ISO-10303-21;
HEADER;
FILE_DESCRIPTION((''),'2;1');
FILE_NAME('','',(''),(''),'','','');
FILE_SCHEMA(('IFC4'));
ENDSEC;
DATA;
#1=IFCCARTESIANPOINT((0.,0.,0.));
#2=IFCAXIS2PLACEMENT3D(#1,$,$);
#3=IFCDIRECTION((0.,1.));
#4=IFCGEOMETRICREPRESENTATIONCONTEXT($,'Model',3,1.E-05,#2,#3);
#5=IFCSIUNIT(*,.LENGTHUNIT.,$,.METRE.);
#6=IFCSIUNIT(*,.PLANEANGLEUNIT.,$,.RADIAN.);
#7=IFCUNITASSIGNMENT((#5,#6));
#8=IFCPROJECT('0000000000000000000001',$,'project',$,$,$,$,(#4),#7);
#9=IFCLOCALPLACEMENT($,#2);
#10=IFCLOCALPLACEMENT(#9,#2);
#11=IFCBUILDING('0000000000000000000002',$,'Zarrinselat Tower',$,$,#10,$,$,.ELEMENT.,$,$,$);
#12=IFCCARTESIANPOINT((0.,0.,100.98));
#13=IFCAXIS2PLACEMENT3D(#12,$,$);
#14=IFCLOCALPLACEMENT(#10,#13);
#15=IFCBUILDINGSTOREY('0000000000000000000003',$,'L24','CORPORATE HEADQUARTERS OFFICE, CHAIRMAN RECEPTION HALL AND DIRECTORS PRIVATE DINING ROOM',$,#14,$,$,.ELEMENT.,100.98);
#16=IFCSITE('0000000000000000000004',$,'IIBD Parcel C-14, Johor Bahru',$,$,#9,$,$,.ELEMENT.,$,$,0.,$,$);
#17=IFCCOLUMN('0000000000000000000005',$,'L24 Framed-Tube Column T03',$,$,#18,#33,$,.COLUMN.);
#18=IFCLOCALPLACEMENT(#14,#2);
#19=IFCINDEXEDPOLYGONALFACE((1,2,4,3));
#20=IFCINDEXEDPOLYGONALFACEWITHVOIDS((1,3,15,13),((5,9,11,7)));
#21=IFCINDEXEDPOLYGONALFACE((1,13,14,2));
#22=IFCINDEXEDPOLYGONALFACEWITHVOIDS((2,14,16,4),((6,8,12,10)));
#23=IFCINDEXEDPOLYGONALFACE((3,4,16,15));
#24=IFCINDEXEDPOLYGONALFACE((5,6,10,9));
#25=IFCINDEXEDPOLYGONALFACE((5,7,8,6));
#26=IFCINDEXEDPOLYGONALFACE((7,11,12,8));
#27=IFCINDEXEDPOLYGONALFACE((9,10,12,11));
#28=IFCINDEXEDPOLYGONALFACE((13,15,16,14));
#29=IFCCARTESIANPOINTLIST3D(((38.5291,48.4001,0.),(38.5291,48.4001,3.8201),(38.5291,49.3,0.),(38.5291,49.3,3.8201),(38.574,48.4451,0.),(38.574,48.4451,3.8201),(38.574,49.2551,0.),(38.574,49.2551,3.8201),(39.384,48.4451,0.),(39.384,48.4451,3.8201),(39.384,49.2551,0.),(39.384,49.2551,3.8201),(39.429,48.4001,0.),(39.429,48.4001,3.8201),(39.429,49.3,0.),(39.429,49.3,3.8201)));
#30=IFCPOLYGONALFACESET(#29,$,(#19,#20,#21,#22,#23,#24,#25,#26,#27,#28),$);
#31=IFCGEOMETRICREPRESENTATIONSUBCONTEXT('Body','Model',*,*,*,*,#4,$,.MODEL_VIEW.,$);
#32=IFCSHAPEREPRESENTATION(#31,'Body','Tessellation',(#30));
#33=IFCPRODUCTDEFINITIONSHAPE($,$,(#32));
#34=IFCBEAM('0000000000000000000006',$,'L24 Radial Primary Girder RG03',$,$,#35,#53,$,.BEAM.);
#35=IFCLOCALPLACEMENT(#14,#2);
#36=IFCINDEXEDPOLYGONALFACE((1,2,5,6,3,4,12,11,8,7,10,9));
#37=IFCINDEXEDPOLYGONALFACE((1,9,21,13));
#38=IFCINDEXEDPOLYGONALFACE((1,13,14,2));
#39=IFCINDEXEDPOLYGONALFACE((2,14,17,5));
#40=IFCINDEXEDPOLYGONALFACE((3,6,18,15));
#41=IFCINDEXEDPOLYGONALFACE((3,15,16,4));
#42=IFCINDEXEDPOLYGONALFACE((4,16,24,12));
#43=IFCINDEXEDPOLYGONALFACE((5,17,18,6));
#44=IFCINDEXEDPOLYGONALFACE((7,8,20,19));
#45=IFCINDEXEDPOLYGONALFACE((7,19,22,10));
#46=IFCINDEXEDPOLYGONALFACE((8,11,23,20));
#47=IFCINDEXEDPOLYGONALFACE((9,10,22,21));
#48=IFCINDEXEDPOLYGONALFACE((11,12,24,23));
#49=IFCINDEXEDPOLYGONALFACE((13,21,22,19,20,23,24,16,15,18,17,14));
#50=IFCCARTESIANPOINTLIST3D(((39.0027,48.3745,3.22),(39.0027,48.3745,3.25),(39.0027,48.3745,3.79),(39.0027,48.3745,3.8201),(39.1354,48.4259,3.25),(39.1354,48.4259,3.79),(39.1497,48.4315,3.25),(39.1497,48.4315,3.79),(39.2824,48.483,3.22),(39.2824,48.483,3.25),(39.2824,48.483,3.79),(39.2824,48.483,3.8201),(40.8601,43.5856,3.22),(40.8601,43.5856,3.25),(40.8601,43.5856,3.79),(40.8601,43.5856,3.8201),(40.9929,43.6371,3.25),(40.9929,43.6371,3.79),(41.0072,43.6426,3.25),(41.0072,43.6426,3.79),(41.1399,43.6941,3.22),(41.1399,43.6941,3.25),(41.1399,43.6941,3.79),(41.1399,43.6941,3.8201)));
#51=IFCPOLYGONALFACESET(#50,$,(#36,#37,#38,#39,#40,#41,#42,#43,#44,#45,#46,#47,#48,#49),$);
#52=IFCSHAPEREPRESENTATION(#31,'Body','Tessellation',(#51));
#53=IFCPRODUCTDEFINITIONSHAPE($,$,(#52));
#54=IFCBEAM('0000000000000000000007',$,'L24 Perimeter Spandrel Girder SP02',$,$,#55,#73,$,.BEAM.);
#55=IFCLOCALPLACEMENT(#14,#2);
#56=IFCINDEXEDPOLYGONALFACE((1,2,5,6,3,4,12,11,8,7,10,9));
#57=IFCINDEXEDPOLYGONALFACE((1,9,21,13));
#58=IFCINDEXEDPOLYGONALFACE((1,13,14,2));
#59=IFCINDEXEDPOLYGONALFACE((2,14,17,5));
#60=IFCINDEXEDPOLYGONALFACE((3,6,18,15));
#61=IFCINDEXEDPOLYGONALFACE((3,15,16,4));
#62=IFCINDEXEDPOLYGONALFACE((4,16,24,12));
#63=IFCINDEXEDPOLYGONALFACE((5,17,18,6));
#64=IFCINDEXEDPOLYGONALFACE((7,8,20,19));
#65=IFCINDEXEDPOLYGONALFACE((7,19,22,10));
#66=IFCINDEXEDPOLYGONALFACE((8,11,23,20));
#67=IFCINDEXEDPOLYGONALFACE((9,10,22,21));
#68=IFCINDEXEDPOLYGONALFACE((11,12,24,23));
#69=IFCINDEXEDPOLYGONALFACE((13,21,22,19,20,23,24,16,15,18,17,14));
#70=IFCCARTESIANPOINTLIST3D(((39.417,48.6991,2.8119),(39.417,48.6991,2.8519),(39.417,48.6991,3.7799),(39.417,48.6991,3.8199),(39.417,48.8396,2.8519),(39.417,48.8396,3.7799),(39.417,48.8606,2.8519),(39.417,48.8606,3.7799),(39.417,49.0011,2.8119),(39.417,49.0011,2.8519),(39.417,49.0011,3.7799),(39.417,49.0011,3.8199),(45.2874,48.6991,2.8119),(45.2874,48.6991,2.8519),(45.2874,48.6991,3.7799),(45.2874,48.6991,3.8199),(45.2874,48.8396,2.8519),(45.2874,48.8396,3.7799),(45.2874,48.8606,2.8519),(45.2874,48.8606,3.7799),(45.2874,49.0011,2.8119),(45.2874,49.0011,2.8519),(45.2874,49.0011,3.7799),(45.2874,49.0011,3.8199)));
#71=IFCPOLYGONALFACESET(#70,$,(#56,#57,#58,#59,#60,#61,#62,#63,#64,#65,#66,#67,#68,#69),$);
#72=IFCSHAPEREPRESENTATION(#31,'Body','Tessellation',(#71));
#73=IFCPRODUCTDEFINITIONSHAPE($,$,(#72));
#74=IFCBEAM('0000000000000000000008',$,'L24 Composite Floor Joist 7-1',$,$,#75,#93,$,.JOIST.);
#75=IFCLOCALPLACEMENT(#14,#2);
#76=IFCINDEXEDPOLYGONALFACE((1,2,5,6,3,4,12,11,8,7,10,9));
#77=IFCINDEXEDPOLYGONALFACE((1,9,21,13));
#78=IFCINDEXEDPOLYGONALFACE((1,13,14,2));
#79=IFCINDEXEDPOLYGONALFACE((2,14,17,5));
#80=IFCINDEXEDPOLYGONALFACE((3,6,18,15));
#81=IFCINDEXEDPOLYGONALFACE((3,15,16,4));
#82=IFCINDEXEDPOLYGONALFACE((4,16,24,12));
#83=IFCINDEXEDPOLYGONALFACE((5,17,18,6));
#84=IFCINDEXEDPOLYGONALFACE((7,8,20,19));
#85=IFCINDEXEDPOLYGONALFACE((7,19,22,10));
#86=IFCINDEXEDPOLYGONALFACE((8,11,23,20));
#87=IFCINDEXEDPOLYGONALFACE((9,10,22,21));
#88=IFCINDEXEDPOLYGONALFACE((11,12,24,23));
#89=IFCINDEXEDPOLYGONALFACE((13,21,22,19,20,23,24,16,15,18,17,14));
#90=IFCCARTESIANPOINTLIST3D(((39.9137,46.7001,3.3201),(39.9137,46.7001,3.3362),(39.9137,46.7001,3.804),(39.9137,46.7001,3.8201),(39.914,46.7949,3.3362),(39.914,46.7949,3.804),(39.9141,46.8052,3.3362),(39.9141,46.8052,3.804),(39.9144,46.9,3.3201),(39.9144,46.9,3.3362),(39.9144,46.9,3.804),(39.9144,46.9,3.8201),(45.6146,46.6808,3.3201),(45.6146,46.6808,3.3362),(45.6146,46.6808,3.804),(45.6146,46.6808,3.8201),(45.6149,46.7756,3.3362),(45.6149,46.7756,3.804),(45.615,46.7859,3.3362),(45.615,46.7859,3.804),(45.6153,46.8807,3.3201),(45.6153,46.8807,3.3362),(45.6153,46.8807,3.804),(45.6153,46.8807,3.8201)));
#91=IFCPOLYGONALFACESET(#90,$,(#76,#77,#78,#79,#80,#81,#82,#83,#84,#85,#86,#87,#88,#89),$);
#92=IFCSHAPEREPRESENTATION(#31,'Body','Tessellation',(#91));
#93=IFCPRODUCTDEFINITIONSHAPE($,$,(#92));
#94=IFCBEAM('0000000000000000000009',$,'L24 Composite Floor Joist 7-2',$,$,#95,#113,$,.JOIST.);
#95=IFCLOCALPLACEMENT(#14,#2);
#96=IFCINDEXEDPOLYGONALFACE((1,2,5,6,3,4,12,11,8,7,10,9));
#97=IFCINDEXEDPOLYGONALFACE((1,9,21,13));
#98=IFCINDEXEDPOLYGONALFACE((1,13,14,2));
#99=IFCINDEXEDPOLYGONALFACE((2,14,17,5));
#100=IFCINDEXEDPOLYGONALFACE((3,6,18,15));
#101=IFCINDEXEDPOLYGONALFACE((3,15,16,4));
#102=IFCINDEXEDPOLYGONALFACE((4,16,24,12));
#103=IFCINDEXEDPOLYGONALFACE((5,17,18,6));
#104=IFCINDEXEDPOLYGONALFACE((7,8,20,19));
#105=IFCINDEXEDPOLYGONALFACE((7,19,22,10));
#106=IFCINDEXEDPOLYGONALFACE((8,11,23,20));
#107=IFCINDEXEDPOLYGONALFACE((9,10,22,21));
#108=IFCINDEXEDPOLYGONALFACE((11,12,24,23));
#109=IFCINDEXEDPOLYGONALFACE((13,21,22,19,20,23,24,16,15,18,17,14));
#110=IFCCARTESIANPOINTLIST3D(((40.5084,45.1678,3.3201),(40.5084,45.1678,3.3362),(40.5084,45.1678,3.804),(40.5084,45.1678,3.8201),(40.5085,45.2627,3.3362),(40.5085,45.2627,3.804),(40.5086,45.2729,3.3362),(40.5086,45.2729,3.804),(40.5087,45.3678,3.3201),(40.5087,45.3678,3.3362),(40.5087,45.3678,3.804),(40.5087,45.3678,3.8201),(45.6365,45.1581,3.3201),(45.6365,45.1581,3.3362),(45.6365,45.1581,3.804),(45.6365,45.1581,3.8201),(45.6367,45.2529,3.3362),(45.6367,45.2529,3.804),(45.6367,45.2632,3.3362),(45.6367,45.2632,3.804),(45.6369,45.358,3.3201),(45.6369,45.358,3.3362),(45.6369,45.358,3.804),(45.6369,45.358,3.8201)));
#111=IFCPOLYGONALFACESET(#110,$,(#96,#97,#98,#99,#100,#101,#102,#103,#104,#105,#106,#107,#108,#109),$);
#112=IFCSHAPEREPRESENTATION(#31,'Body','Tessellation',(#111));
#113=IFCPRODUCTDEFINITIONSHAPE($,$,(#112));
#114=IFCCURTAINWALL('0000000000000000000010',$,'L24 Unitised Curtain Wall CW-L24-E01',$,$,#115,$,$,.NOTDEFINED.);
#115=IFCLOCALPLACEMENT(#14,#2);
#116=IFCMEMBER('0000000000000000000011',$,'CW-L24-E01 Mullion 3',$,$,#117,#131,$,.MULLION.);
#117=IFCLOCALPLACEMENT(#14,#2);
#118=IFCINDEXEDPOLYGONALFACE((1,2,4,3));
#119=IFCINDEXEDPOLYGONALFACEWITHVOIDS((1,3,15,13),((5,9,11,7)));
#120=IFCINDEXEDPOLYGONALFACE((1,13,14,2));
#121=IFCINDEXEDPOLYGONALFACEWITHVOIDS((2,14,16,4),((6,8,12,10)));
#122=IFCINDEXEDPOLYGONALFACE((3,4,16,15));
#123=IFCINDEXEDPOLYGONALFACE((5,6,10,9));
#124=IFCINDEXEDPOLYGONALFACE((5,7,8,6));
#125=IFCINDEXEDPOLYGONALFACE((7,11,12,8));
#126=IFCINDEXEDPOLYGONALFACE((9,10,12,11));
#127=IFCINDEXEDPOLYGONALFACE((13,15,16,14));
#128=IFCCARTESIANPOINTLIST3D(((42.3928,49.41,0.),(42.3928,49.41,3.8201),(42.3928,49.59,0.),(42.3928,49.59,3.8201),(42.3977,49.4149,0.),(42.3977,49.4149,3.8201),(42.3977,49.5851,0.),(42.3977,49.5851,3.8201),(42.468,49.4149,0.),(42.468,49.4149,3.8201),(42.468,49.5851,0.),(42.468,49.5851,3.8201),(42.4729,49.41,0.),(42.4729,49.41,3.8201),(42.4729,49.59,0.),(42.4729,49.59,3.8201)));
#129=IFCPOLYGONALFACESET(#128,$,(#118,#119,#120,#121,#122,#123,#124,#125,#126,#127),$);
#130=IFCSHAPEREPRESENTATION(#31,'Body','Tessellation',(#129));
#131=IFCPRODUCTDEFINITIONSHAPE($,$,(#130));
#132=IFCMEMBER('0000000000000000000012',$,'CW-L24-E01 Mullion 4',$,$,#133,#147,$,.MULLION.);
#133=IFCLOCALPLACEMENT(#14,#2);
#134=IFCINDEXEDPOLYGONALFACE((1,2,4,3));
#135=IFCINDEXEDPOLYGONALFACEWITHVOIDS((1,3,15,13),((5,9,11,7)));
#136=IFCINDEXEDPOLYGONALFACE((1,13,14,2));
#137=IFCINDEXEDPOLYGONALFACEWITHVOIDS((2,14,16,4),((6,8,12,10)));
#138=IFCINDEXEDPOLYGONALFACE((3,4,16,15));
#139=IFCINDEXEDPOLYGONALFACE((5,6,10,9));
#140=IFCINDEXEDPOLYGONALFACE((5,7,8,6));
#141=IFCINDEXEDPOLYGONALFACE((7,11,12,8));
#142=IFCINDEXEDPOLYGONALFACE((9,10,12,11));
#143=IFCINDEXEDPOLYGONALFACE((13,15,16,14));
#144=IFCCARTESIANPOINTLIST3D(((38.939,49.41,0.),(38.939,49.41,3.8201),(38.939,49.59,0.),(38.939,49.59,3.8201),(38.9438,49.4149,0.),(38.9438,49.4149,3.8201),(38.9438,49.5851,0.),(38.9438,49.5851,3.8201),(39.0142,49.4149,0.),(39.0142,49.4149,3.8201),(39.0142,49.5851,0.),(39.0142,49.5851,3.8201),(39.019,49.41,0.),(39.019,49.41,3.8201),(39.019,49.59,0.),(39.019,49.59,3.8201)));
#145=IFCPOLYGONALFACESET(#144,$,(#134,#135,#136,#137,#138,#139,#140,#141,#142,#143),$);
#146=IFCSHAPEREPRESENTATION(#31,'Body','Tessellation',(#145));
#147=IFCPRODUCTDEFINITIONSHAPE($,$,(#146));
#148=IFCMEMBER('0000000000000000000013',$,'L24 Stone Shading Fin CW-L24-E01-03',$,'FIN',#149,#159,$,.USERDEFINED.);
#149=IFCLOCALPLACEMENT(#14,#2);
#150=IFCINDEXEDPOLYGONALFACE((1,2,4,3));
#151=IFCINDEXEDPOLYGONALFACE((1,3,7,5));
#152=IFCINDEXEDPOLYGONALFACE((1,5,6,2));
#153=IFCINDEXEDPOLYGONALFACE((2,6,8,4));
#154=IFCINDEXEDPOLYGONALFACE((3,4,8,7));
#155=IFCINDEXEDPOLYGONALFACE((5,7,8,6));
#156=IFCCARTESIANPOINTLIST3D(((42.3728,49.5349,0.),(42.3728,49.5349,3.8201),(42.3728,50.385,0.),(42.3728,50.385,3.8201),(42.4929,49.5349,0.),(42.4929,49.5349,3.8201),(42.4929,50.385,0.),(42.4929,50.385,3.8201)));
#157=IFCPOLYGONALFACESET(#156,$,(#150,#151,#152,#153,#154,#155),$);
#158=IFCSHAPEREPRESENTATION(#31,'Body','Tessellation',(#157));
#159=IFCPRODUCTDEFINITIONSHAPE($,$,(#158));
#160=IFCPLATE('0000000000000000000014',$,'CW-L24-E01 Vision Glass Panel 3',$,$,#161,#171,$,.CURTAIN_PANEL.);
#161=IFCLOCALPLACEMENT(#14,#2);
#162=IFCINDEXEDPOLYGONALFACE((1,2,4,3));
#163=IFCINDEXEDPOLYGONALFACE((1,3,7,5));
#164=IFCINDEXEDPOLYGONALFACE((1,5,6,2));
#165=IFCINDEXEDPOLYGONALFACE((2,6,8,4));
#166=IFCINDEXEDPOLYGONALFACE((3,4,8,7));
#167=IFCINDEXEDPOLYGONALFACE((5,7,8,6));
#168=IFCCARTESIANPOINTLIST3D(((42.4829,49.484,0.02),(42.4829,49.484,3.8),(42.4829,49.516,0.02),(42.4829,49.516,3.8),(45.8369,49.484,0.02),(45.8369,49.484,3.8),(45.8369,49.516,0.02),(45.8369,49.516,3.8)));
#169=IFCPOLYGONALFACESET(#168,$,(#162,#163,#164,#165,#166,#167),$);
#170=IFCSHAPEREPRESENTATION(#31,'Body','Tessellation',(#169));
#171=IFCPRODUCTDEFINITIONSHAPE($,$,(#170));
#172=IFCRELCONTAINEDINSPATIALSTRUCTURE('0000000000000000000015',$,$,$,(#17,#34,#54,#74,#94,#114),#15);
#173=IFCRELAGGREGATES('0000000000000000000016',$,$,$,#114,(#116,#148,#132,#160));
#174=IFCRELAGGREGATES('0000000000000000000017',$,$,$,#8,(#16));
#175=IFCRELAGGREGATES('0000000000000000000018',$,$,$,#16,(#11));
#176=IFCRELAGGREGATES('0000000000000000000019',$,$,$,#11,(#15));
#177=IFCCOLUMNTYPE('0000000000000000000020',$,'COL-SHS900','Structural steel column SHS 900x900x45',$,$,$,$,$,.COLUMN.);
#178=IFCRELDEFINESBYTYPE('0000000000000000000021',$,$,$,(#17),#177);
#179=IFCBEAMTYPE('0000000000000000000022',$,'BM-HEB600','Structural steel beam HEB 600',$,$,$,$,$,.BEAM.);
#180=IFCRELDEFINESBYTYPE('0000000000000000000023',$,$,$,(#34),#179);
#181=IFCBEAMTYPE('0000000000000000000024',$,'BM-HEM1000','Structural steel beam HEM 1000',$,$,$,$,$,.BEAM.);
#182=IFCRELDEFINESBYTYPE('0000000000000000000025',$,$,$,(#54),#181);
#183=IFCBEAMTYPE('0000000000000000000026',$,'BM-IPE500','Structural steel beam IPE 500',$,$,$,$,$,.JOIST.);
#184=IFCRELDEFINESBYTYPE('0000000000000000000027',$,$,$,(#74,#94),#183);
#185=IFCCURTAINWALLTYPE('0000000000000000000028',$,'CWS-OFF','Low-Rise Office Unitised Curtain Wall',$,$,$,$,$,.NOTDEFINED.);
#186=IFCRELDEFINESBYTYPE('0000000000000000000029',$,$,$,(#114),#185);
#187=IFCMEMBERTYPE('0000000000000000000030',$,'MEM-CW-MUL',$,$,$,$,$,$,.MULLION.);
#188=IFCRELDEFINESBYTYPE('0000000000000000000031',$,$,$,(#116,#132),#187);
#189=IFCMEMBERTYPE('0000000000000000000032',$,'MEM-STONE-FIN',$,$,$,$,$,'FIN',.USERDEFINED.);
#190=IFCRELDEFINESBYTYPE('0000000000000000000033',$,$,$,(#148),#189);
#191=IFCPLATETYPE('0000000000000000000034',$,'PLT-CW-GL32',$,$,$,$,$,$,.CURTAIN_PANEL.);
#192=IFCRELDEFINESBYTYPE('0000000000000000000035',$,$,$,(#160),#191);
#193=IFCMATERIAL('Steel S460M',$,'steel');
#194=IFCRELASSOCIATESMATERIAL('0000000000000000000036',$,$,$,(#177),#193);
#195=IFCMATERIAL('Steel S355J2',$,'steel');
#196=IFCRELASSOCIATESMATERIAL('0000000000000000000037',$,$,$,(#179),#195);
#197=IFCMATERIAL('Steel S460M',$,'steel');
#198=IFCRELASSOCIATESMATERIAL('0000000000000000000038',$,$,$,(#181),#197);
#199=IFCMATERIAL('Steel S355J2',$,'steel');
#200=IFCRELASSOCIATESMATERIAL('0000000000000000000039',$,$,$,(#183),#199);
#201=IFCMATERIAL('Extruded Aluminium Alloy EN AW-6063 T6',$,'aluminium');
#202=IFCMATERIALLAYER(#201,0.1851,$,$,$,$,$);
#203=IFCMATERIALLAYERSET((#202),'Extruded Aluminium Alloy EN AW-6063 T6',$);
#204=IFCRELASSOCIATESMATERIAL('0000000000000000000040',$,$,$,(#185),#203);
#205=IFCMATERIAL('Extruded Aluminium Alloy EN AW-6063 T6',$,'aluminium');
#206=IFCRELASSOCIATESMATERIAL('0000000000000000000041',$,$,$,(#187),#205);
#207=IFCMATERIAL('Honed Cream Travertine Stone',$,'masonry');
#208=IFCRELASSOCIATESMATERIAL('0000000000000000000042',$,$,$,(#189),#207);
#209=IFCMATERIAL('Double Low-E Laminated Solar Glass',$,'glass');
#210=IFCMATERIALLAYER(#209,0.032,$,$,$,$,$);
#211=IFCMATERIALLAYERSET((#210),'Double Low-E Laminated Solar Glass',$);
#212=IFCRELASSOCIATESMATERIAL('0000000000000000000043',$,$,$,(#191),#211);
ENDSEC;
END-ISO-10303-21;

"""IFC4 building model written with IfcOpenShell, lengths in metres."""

from ifc_helpers import new_model, si_unit, direction, frame, origin, origin_2d, place, context, subcontext, project, spatial, rectangle, hollow_rectangle, i_section, extrude, material, layer, layer_set, material_profile, profile_set, type_object, element, aggregate, save


model = new_model("IFC4")

# Units and contexts
model_context = context("Model", 3, precision=1e-05, world=origin(), true_north=direction((0.0, 1.0)))
body_context = subcontext(model_context, "Body", "Model", "MODEL_VIEW")
ifc_project = project(units=[si_unit("LENGTHUNIT", "METRE"), si_unit("PLANEANGLEUNIT", "RADIAN")], contexts=[model_context])

# Site, building, storey
site_placement = place(None, origin())
site = spatial("IfcSite", under=ifc_project, at=site_placement, Name="IIBD Parcel C-14, Johor Bahru", CompositionType="ELEMENT", RefElevation=0.0)
building_placement = place(site_placement, origin())
building = spatial("IfcBuilding", under=site, at=building_placement, Name="Zarrinselat Tower", CompositionType="ELEMENT")
storey_placement = place(building_placement, frame((0.0, 0.0, 100.98)))
storey = spatial("IfcBuildingStorey", under=building, at=storey_placement, Name="L24", Description="CORPORATE HEADQUARTERS OFFICE, CHAIRMAN RECEPTION HALL AND DIRECTORS PRIVATE DINING ROOM", CompositionType="ELEMENT", Elevation=100.98)

# Column
ifc_material_1 = material(Name="Steel S460M", Category="steel")
ifc_material_profile_1 = material_profile(ifc_material_1, hollow_rectangle(XDim=0.8999, YDim=0.8999, WallThickness=0.0449, at=origin_2d()), Name="SHS 900x900x45")
ifc_profile_set_1 = profile_set([ifc_material_profile_1], Name="Steel S460M")
column_type = type_object("IfcColumnType", Name="COL-SHS900", Description="Structural steel column SHS 900x900x45", PredefinedType="COLUMN", material=ifc_profile_set_1)
column_placement = place(storey_placement, frame((38.979, 48.8501, 0.0), z_axis=(0.0, 0.0, 1.0), x_axis=(1.0, 0.0, 0.0)))
element("IfcColumn", 1, at=column_placement, inside=storey, type_object=column_type, Name="L24 Framed-Tube Column T03", PredefinedType="COLUMN", context=body_context, shape_type="SweptSolid", body=[
    extrude(hollow_rectangle(XDim=0.8999, YDim=0.8999, WallThickness=0.0449, at=origin_2d()), origin(), (0.0, 0.0, 1.0), 3.8201),
])

# Beams
ifc_material_2 = material(Name="Steel S355J2", Category="steel")
ifc_material_profile_2 = material_profile(ifc_material_2, i_section(OverallWidth=0.3, OverallDepth=0.6001, WebThickness=0.0154, FlangeThickness=0.03, at=origin_2d()), Name="HEB 600")
ifc_profile_set_2 = profile_set([ifc_material_profile_2], Name="Steel S355J2")
beam_type_1 = type_object("IfcBeamType", Name="BM-HEB600", Description="Structural steel beam HEB 600", PredefinedType="BEAM", material=ifc_profile_set_2)
beam_1_placement = place(storey_placement, frame((39.1426, 48.4287, 3.52), z_axis=(0.361618, -0.932326, 0.0), x_axis=(0.932326, 0.361618, 0.0)))
element("IfcBeam", 2, at=beam_1_placement, inside=storey, type_object=beam_type_1, Name="L24 Radial Primary Girder RG03", PredefinedType="BEAM", context=body_context, shape_type="SweptSolid", body=[
    extrude(i_section(OverallWidth=0.3, OverallDepth=0.6001, WebThickness=0.0154, FlangeThickness=0.03, at=origin_2d()), origin(), (0.0, 0.0, 1.0), 5.1365),
])
ifc_material_3 = material(Name="Steel S460M", Category="steel")
ifc_material_profile_3 = material_profile(ifc_material_3, i_section(OverallWidth=0.302, OverallDepth=1.0081, WebThickness=0.021, FlangeThickness=0.04, at=origin_2d()), Name="HEM 1000")
ifc_profile_set_3 = profile_set([ifc_material_profile_3], Name="Steel S460M")
beam_type_2 = type_object("IfcBeamType", Name="BM-HEM1000", Description="Structural steel beam HEM 1000", PredefinedType="BEAM", material=ifc_profile_set_3)
beam_2_placement = place(storey_placement, frame((39.417, 48.8501, 3.3159), z_axis=(1.0, 0.0, 0.0), x_axis=(0.0, 1.0, 0.0)))
element("IfcBeam", 3, at=beam_2_placement, inside=storey, type_object=beam_type_2, Name="L24 Perimeter Spandrel Girder SP02", PredefinedType="BEAM", context=body_context, shape_type="SweptSolid", body=[
    extrude(i_section(OverallWidth=0.302, OverallDepth=1.0081, WebThickness=0.021, FlangeThickness=0.04, at=origin_2d()), origin(), (0.0, 0.0, 1.0), 5.8704),
])
ifc_material_4 = material(Name="Steel S355J2", Category="steel")
ifc_material_profile_4 = material_profile(ifc_material_4, i_section(OverallWidth=0.2, OverallDepth=0.5, WebThickness=0.0103, FlangeThickness=0.0161, at=origin_2d()), Name="IPE 500")
ifc_profile_set_4 = profile_set([ifc_material_profile_4], Name="Steel S355J2")
beam_type_3 = type_object("IfcBeamType", Name="BM-IPE500", Description="Structural steel beam IPE 500", PredefinedType="JOIST", material=ifc_profile_set_4)
beam_3_placement = place(storey_placement, frame((39.9141, 46.8, 3.5701), z_axis=(0.999994, -0.003383, 0.0), x_axis=(0.003383, 0.999994, 0.0)))
element("IfcBeam", 4, at=beam_3_placement, inside=storey, type_object=beam_type_3, Name="L24 Composite Floor Joist 7-1", PredefinedType="JOIST", context=body_context, shape_type="SweptSolid", body=[
    extrude(i_section(OverallWidth=0.2, OverallDepth=0.5, WebThickness=0.0103, FlangeThickness=0.0161, at=origin_2d()), origin(), (0.0, 0.0, 1.0), 5.7009),
])
beam_4_placement = place(storey_placement, frame((40.5085, 45.2678, 3.5701), z_axis=(0.999998, -0.001904, 0.0), x_axis=(0.001904, 0.999998, 0.0)))
element("IfcBeam", 5, at=beam_4_placement, inside=storey, type_object=beam_type_3, Name="L24 Composite Floor Joist 7-2", PredefinedType="JOIST", context=body_context, shape_type="SweptSolid", body=[
    extrude(i_section(OverallWidth=0.2, OverallDepth=0.5, WebThickness=0.0103, FlangeThickness=0.0161, at=origin_2d()), origin(), (0.0, 0.0, 1.0), 5.1282),
])

# Curtain wall, members, plate
ifc_material_5 = material(Name="Extruded Aluminium Alloy EN AW-6063 T6", Category="aluminium")
ifc_layer_1 = layer(ifc_material_5, 0.1851)
ifc_layer_set_1 = layer_set([ifc_layer_1], Name="Extruded Aluminium Alloy EN AW-6063 T6")
curtain_wall_type = type_object("IfcCurtainWallType", Name="CWS-OFF", Description="Low-Rise Office Unitised Curtain Wall", PredefinedType="NOTDEFINED", material=ifc_layer_set_1)
curtain_wall_placement = place(storey_placement, origin())
curtain_wall = element("IfcCurtainWall", 6, at=curtain_wall_placement, inside=storey, type_object=curtain_wall_type, Name="L24 Unitised Curtain Wall CW-L24-E01", PredefinedType="NOTDEFINED")
ifc_material_6 = material(Name="Extruded Aluminium Alloy EN AW-6063 T6", Category="aluminium")
ifc_material_profile_5 = material_profile(ifc_material_6, hollow_rectangle(XDim=0.0801, YDim=0.1799, WallThickness=0.0049, at=origin_2d()), Name="RHS 180x80x5")
ifc_profile_set_5 = profile_set([ifc_material_profile_5], Name="Extruded Aluminium Alloy EN AW-6063 T6")
member_type_1 = type_object("IfcMemberType", Name="MEM-CW-MUL", PredefinedType="MULLION", material=ifc_profile_set_5)
member_1_placement = place(storey_placement, frame((42.4329, 49.5, 0.0), z_axis=(0.0, 0.0, 1.0), x_axis=(-1.0, 0.0, 0.0)))
member_1 = element("IfcMember", 7, at=member_1_placement, type_object=member_type_1, Name="CW-L24-E01 Mullion 3", PredefinedType="MULLION", context=body_context, shape_type="SweptSolid", body=[
    extrude(hollow_rectangle(XDim=0.0801, YDim=0.1799, WallThickness=0.0049, at=origin_2d()), origin(), (0.0, 0.0, 1.0), 3.8201),
])
member_2_placement = place(storey_placement, frame((38.979, 49.5, 0.0), z_axis=(0.0, 0.0, 1.0), x_axis=(-1.0, 0.0, 0.0)))
member_2 = element("IfcMember", 8, at=member_2_placement, type_object=member_type_1, Name="CW-L24-E01 Mullion 4", PredefinedType="MULLION", context=body_context, shape_type="SweptSolid", body=[
    extrude(hollow_rectangle(XDim=0.0801, YDim=0.1799, WallThickness=0.0049, at=origin_2d()), origin(), (0.0, 0.0, 1.0), 3.8201),
])
ifc_material_7 = material(Name="Honed Cream Travertine Stone", Category="masonry")
ifc_material_profile_6 = material_profile(ifc_material_7, rectangle(XDim=0.1201, YDim=0.8501, at=origin_2d()), Name="FIN 850x120")
ifc_profile_set_6 = profile_set([ifc_material_profile_6], Name="Honed Cream Travertine Stone")
member_type_2 = type_object("IfcMemberType", Name="MEM-STONE-FIN", ElementType="FIN", PredefinedType="USERDEFINED", material=ifc_profile_set_6)
member_3_placement = place(storey_placement, frame((42.4329, 49.96, 0.0), z_axis=(0.0, 0.0, 1.0), x_axis=(1.0, 0.0, 0.0)))
member_3 = element("IfcMember", 9, at=member_3_placement, type_object=member_type_2, Name="L24 Stone Shading Fin CW-L24-E01-03", ObjectType="FIN", PredefinedType="USERDEFINED", context=body_context, shape_type="SweptSolid", body=[
    extrude(rectangle(XDim=0.1201, YDim=0.8501, at=origin_2d()), origin(), (0.0, 0.0, 1.0), 3.8201),
])
ifc_material_8 = material(Name="Double Low-E Laminated Solar Glass", Category="glass")
ifc_layer_2 = layer(ifc_material_8, 0.032)
ifc_layer_set_2 = layer_set([ifc_layer_2], Name="Double Low-E Laminated Solar Glass")
plate_type = type_object("IfcPlateType", Name="PLT-CW-GL32", PredefinedType="CURTAIN_PANEL", material=ifc_layer_set_2)
plate_1_placement = place(storey_placement, frame((44.1599, 49.5, 0.02), z_axis=(0.0, 0.0, 1.0), x_axis=(-1.0, 0.0, 0.0)))
plate_1 = element("IfcPlate", 10, at=plate_1_placement, type_object=plate_type, Name="CW-L24-E01 Vision Glass Panel 3", PredefinedType="CURTAIN_PANEL", context=body_context, shape_type="SweptSolid", body=[
    extrude(rectangle(XDim=3.354, YDim=0.032, at=origin_2d()), origin(), (0.0, 0.0, 1.0), 3.78),
])
aggregate(curtain_wall, [member_1, member_3, member_2, plate_1])

save(model, "model.ifc")
